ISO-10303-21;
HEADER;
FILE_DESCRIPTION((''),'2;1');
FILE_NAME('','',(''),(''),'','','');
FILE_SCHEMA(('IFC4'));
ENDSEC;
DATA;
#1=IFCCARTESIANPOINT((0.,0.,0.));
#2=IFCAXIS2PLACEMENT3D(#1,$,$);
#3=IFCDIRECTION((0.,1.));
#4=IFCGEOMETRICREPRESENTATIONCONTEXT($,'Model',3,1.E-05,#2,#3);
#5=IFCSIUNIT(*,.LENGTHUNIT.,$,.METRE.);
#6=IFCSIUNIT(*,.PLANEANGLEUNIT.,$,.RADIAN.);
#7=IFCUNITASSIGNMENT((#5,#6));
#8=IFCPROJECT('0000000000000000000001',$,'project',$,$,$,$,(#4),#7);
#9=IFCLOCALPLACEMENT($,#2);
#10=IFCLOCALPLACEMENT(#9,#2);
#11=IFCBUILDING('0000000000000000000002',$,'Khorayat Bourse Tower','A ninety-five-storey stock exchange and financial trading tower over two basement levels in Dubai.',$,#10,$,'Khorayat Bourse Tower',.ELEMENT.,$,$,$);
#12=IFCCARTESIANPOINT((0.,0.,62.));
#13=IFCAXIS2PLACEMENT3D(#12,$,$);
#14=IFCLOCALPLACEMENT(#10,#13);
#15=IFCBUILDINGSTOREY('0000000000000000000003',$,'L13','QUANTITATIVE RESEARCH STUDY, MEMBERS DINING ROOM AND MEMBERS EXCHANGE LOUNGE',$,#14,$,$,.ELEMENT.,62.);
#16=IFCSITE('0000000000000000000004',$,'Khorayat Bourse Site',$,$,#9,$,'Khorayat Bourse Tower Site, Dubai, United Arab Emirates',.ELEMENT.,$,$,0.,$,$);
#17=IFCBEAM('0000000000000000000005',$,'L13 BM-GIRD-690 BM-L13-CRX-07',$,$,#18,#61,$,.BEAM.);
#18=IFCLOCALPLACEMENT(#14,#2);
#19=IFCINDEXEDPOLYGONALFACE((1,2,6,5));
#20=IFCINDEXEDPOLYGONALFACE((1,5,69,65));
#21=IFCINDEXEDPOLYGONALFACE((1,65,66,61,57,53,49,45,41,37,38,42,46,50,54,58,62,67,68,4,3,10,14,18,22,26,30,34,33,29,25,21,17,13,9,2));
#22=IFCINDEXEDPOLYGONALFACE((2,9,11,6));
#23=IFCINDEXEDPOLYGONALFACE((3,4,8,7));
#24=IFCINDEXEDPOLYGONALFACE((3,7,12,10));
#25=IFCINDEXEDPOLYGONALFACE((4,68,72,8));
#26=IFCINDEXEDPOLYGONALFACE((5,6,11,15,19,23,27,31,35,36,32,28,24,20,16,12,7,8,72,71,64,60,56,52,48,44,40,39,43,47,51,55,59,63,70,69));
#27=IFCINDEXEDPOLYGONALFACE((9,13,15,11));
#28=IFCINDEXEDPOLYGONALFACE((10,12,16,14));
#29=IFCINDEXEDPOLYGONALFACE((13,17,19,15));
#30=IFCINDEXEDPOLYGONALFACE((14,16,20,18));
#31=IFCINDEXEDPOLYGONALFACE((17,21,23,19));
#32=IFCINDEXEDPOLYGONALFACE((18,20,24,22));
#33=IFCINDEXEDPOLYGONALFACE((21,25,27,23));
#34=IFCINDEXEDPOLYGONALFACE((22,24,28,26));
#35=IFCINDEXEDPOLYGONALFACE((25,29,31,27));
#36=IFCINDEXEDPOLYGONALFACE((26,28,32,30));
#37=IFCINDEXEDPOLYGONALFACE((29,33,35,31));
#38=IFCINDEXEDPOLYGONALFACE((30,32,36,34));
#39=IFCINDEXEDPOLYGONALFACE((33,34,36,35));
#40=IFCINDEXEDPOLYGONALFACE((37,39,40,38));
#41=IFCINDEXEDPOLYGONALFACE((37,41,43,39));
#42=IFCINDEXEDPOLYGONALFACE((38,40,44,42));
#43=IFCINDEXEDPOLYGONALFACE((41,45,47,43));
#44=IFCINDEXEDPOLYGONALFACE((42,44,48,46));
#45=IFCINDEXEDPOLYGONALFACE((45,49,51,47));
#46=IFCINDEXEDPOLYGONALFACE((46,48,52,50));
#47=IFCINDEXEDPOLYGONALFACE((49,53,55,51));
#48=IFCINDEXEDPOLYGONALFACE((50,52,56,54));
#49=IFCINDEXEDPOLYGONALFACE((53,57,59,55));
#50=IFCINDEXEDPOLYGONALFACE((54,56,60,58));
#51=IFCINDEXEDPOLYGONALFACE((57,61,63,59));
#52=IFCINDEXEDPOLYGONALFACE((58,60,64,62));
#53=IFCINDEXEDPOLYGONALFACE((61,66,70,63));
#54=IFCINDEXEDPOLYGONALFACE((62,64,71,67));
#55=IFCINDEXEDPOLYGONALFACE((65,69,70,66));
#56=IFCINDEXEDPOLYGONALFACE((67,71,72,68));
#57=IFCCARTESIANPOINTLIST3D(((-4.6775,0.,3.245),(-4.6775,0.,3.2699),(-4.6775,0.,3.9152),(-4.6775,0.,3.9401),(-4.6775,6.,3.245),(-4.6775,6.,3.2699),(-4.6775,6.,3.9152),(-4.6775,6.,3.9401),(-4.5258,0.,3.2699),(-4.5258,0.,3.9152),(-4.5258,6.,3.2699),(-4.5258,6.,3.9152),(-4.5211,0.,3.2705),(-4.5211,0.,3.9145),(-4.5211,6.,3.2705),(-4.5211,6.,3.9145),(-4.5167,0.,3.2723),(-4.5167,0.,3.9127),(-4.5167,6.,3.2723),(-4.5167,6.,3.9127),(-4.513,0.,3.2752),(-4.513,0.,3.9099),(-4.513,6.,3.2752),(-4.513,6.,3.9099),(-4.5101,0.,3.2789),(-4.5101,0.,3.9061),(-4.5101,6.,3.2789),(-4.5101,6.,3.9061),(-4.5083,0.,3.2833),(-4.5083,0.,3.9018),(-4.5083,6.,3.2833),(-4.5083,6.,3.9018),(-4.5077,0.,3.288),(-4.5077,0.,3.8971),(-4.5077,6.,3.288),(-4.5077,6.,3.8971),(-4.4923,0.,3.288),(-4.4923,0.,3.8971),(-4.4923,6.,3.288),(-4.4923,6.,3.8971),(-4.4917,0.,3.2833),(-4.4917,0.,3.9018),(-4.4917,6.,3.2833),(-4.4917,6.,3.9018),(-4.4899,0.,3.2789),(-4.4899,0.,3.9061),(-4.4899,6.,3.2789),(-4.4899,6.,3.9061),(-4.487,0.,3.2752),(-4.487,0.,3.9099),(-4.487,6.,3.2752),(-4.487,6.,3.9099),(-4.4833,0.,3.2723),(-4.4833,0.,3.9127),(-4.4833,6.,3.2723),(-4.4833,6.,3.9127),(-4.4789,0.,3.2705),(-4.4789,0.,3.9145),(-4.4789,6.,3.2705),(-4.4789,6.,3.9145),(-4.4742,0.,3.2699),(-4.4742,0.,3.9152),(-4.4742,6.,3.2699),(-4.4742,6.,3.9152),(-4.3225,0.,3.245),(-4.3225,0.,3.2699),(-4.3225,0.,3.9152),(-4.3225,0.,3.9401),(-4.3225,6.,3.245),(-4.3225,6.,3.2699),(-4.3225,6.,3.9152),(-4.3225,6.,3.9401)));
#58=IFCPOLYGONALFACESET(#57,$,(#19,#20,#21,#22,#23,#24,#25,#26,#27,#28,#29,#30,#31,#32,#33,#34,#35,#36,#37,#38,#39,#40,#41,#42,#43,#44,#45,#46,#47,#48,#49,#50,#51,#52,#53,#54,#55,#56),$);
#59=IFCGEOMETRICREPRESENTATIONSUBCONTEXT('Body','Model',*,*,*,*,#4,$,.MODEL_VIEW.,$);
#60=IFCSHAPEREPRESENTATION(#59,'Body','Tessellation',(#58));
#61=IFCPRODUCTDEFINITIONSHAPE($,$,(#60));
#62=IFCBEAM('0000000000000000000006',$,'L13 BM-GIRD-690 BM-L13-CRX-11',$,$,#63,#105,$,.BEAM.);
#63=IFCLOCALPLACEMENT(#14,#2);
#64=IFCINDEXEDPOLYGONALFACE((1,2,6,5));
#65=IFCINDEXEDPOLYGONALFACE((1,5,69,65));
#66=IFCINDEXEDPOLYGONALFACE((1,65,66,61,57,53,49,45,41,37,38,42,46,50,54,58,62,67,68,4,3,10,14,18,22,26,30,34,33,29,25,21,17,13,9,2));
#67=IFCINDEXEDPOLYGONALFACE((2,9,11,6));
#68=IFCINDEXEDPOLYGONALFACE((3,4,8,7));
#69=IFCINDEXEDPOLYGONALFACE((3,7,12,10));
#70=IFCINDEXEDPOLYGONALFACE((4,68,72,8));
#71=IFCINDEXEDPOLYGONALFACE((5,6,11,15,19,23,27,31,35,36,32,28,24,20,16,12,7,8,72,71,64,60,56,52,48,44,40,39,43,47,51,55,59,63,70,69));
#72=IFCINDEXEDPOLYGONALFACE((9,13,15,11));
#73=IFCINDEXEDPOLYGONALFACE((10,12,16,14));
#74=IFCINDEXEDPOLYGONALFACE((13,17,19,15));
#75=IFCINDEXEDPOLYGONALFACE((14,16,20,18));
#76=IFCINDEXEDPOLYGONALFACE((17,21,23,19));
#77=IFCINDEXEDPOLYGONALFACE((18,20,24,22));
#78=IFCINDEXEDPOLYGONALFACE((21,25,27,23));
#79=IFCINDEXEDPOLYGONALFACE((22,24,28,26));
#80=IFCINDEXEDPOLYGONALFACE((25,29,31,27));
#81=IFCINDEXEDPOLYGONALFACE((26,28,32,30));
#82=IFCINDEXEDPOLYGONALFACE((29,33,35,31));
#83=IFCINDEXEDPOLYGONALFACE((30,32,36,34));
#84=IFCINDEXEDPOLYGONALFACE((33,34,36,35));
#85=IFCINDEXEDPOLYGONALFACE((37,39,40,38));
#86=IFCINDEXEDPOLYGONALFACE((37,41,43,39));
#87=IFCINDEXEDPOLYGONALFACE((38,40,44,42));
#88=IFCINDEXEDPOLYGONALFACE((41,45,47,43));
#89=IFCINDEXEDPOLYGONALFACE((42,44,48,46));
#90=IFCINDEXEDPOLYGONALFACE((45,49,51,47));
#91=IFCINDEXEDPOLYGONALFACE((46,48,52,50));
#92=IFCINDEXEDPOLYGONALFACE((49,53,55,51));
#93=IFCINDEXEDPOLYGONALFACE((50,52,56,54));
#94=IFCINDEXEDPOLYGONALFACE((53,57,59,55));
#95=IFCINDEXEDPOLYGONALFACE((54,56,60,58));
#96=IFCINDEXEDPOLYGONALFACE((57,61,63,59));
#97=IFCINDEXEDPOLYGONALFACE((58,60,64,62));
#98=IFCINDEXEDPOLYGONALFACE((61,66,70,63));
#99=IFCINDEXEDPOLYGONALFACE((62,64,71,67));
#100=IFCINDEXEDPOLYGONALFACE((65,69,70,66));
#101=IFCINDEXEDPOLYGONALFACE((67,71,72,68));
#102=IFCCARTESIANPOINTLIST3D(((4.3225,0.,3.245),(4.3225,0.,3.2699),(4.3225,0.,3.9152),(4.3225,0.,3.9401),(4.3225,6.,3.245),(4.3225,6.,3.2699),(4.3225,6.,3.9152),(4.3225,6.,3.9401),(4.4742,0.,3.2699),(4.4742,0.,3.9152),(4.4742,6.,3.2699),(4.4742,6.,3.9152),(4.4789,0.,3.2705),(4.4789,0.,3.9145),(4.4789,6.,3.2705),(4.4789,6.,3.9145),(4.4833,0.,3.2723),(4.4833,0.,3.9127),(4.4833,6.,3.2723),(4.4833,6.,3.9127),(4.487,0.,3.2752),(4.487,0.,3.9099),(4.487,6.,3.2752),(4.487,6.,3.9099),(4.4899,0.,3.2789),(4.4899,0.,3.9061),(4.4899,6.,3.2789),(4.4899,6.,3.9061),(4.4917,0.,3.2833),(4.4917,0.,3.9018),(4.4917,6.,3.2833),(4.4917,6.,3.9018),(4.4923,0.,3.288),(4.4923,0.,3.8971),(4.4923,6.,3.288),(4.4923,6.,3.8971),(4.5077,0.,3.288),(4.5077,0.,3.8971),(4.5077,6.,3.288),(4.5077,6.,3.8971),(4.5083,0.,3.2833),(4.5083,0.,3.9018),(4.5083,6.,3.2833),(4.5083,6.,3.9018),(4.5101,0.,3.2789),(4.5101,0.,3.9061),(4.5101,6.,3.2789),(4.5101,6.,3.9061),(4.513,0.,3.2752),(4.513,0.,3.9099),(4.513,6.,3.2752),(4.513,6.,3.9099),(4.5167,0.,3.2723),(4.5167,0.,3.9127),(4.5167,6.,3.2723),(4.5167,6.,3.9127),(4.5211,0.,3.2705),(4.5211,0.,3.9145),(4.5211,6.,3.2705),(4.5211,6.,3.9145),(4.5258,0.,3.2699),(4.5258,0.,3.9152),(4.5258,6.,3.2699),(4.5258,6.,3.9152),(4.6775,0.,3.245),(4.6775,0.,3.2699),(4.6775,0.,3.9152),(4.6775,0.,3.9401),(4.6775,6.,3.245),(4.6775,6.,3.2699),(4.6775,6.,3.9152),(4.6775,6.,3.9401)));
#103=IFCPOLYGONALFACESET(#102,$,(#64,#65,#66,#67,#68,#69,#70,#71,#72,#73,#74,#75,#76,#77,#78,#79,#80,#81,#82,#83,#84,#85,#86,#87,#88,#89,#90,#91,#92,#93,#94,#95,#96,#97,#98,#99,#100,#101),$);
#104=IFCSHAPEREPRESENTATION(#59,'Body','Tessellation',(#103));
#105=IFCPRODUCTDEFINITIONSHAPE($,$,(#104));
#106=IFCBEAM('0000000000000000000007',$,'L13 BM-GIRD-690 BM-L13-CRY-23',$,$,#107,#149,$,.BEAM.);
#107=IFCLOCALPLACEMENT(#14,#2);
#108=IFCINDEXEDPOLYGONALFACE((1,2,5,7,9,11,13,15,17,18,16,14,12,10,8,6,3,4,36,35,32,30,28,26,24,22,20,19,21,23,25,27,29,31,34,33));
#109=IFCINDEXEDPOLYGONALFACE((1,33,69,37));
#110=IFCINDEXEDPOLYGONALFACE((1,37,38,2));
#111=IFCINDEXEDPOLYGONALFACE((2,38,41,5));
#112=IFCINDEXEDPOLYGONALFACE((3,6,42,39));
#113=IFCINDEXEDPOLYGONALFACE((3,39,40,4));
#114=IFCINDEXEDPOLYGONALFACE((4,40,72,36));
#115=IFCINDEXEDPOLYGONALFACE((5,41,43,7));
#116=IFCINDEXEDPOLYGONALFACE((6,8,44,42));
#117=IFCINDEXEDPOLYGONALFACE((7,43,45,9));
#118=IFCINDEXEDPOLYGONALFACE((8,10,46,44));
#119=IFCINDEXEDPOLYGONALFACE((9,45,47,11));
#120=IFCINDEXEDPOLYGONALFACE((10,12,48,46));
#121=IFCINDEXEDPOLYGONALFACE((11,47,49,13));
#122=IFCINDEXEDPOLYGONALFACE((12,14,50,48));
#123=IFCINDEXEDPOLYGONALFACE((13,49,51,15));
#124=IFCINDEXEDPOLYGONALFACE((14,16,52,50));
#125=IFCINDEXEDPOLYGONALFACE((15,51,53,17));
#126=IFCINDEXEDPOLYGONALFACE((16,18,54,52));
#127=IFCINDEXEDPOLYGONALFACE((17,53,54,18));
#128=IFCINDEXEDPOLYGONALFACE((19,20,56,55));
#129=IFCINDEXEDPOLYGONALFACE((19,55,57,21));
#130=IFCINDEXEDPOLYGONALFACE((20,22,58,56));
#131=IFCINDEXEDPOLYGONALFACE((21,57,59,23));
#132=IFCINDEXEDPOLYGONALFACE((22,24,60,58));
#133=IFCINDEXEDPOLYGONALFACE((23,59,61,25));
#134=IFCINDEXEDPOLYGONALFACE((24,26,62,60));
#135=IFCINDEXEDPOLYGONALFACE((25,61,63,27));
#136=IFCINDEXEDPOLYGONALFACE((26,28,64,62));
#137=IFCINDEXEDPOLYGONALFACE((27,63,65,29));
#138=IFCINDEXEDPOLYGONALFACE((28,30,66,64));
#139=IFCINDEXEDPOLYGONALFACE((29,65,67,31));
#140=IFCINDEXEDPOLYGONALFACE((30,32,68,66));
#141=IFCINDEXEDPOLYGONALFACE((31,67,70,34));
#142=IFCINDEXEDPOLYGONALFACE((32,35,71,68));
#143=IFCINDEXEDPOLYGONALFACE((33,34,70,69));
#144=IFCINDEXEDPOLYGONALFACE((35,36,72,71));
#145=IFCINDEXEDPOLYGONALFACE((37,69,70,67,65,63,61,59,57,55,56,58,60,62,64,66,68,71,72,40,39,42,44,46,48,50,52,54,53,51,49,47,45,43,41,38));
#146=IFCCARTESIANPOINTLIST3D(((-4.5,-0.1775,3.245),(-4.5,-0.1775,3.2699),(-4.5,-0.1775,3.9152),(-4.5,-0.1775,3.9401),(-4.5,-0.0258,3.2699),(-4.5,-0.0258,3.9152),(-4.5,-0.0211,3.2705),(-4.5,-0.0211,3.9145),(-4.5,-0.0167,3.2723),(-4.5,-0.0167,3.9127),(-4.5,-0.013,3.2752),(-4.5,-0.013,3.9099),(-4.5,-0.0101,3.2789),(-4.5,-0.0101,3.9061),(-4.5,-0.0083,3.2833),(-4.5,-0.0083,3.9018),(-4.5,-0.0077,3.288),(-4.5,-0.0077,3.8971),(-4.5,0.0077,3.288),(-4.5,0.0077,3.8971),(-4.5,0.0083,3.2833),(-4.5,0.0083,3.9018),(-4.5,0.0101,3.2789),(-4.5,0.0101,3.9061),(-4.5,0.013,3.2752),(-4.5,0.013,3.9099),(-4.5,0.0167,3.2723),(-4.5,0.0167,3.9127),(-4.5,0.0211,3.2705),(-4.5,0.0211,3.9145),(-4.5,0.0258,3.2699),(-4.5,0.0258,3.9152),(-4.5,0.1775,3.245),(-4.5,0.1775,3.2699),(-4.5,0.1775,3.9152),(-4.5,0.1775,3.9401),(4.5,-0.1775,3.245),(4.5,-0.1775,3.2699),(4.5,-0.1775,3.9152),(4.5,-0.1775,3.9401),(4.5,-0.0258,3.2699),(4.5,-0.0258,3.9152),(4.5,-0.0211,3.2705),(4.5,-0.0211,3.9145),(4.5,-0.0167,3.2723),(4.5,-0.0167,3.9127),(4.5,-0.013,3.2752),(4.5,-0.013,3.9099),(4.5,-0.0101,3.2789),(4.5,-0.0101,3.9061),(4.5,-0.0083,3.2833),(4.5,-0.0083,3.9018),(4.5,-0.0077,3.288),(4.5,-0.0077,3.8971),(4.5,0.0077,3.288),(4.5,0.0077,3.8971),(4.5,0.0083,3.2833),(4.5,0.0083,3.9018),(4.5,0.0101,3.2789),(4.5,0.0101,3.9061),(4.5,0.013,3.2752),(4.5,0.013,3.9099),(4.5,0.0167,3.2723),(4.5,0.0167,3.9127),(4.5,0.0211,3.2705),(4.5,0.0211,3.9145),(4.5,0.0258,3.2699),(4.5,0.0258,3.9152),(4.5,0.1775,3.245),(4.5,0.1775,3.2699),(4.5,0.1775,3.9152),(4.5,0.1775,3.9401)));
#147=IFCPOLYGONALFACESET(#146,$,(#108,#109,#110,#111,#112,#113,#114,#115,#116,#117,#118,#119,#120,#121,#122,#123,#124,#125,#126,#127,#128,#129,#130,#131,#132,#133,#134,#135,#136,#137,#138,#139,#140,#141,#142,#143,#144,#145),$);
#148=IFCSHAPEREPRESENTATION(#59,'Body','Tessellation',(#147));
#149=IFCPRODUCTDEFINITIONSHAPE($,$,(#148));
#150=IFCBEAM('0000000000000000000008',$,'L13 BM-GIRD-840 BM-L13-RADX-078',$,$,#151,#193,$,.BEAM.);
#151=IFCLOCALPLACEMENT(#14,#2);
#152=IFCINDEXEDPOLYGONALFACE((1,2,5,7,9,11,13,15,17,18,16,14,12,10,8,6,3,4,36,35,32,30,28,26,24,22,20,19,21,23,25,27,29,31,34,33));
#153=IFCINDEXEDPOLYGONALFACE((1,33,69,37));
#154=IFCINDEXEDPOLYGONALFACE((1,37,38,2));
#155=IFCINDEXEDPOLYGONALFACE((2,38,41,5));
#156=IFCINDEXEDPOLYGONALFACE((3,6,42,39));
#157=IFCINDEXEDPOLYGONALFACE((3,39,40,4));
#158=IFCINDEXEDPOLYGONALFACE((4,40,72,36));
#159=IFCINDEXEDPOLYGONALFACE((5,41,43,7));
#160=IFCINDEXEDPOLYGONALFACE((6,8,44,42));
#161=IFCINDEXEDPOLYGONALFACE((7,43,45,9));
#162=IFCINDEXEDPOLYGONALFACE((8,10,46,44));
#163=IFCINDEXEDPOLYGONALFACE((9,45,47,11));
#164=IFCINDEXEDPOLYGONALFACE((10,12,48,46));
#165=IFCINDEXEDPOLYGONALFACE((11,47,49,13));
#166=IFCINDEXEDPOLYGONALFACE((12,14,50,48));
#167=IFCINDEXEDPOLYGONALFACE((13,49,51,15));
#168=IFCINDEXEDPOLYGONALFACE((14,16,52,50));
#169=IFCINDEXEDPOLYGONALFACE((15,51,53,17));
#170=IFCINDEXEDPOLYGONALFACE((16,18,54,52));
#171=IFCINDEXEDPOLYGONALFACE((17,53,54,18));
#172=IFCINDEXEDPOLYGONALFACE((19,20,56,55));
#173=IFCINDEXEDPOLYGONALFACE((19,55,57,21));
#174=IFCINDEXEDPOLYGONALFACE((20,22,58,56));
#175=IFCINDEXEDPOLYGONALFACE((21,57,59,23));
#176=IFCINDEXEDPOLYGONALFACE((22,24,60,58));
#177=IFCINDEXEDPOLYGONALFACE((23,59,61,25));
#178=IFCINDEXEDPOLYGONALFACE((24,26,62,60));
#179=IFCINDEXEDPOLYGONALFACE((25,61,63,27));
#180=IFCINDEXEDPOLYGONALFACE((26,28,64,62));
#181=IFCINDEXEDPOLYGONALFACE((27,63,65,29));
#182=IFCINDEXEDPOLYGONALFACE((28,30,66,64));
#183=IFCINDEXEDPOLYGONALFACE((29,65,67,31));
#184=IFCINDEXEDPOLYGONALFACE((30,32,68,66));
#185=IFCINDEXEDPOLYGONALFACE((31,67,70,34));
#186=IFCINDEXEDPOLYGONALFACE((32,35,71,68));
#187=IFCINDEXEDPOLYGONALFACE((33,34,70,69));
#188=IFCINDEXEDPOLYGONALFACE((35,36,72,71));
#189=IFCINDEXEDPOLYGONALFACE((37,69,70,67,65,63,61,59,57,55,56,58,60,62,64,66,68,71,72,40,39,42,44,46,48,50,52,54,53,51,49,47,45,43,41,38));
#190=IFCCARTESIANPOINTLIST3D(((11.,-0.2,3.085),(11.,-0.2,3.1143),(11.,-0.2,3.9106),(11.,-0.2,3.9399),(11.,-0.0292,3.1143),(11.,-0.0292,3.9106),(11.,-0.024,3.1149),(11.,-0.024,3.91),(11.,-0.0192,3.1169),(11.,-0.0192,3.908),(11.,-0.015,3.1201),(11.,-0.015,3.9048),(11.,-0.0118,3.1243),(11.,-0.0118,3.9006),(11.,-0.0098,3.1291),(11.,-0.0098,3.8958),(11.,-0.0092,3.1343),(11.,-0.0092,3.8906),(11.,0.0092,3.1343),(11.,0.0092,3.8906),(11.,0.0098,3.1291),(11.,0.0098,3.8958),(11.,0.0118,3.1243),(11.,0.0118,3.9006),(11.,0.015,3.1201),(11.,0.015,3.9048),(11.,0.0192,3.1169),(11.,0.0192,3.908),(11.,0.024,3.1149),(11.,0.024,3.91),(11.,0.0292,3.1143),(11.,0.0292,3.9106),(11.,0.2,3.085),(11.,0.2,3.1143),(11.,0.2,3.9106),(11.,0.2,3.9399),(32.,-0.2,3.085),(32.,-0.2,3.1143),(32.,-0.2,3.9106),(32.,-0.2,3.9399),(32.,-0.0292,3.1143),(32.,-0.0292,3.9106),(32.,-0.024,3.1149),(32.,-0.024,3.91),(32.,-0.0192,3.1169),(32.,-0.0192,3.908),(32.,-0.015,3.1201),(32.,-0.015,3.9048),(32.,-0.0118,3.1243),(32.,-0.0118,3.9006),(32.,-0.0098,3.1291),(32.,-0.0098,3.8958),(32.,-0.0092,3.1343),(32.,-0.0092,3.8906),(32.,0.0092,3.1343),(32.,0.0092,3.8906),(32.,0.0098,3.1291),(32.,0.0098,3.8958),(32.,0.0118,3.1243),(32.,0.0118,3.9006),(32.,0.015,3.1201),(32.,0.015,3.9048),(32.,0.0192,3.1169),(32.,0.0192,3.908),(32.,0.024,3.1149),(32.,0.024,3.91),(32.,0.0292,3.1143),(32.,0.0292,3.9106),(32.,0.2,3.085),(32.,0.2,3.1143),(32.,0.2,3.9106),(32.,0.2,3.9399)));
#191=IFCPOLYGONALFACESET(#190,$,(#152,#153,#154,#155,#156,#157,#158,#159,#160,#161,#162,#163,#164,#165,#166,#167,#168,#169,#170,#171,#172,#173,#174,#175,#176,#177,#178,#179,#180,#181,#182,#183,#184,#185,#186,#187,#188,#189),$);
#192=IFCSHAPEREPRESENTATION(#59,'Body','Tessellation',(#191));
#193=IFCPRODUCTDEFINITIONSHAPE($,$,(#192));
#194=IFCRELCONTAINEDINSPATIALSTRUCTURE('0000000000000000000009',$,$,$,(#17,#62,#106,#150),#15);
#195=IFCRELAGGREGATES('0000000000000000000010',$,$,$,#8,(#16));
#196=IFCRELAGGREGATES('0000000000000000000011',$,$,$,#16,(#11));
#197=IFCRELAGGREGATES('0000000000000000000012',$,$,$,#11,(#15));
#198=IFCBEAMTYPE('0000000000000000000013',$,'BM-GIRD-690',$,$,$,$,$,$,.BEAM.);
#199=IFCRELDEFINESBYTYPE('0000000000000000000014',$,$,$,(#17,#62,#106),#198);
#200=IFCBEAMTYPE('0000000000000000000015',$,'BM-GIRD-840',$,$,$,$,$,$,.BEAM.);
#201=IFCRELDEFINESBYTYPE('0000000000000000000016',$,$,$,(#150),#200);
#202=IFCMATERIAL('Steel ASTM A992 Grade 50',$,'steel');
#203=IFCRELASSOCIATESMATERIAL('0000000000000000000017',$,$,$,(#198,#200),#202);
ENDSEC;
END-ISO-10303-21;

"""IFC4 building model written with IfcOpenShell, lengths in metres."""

from ifc_helpers import new_model, si_unit, direction, frame, origin, origin_2d, place, context, subcontext, project, spatial, i_section, extrude, source, transform, mapped, material, material_profile, profile_set, type_object, element, save


model = new_model("IFC4")

# Units and contexts
model_context = context("Model", 3, precision=1e-05, world=origin(), true_north=direction((0.0, 1.0)))
body_context = subcontext(model_context, "Body", "Model", "MODEL_VIEW")
ifc_project = project(units=[si_unit("LENGTHUNIT", "METRE"), si_unit("PLANEANGLEUNIT", "RADIAN")], contexts=[model_context])

# Site, building, storey
site_placement = place(None, origin())
site = spatial("IfcSite", under=ifc_project, at=site_placement, Name="Khorayat Bourse Site", LongName="Khorayat Bourse Tower Site, Dubai, United Arab Emirates", CompositionType="ELEMENT", RefElevation=0.0)
building_placement = place(site_placement, origin())
building = spatial("IfcBuilding", under=site, at=building_placement, Name="Khorayat Bourse Tower", Description="A ninety-five-storey stock exchange and financial trading tower over two basement levels in Dubai.", LongName="Khorayat Bourse Tower", CompositionType="ELEMENT")
storey_placement = place(building_placement, frame((0.0, 0.0, 62.0)))
storey = spatial("IfcBuildingStorey", under=building, at=storey_placement, Name="L13", Description="QUANTITATIVE RESEARCH STUDY, MEMBERS DINING ROOM AND MEMBERS EXCHANGE LOUNGE", CompositionType="ELEMENT", Elevation=62.0)

# Beams
ifc_material_1 = material(Name="Steel ASTM A992 Grade 50", Category="steel")
ifc_material_profile_1 = material_profile(ifc_material_1, i_section(OverallWidth=0.355, OverallDepth=0.6951, WebThickness=0.0154, FlangeThickness=0.0249, FilletRadius=0.0181, at=origin_2d()), Name="W690X217")
ifc_profile_set_1 = profile_set([ifc_material_profile_1], Name="Steel ASTM A992 Grade 50")
beam_type_1 = type_object("IfcBeamType", Name="BM-GIRD-690", PredefinedType="BEAM", material=ifc_profile_set_1)
shared_shape_1 = source(origin(), body_context, "Body", "SweptSolid", [
    extrude(i_section(OverallWidth=0.355, OverallDepth=0.6951, WebThickness=0.0154, FlangeThickness=0.0249, FilletRadius=0.0181, at=origin_2d()), origin(), (0.0, 0.0, 1.0), 6.0),
])
for number, where, z_axis, x_axis, name in (
    (1, (-4.5, 0.0, 3.5925), (0.0, 1.0, 0.0), (-1.0, 0.0, 0.0), "L13 BM-GIRD-690 BM-L13-CRX-07"),
    (2, (4.5, 0.0, 3.5925), (0.0, 1.0, 0.0), (-1.0, 0.0, 0.0), "L13 BM-GIRD-690 BM-L13-CRX-11"),
):
    element("IfcBeam", number, at=place(storey_placement, frame(where, z_axis=z_axis, x_axis=x_axis)), inside=storey, type_object=beam_type_1, Name=name, PredefinedType="BEAM", context=body_context, shape_type="MappedRepresentation", body=[
        mapped(shared_shape_1, transform((0.0, 0.0, 0.0), scale=1.0)),
    ])
shared_shape_2 = source(origin(), body_context, "Body", "SweptSolid", [
    extrude(i_section(OverallWidth=0.355, OverallDepth=0.6951, WebThickness=0.0154, FlangeThickness=0.0249, FilletRadius=0.0181, at=origin_2d()), origin(), (0.0, 0.0, 1.0), 9.0),
])
beam_1_placement = place(storey_placement, frame((-4.5, 0.0, 3.5925), z_axis=(1.0, 0.0, 0.0), x_axis=(0.0, 1.0, 0.0)))
element("IfcBeam", 3, at=beam_1_placement, inside=storey, type_object=beam_type_1, Name="L13 BM-GIRD-690 BM-L13-CRY-23", PredefinedType="BEAM", context=body_context, shape_type="MappedRepresentation", body=[
    mapped(shared_shape_2, transform((0.0, 0.0, 0.0), scale=1.0)),
])
ifc_material_profile_2 = material_profile(ifc_material_1, i_section(OverallWidth=0.3999, OverallDepth=0.855, WebThickness=0.0183, FlangeThickness=0.0293, FilletRadius=0.02, at=origin_2d()), Name="W840X299")
ifc_profile_set_2 = profile_set([ifc_material_profile_2], Name="Steel ASTM A992 Grade 50")
beam_type_2 = type_object("IfcBeamType", Name="BM-GIRD-840", PredefinedType="BEAM", material=ifc_profile_set_2)
shared_shape_3 = source(origin(), body_context, "Body", "SweptSolid", [
    extrude(i_section(OverallWidth=0.3999, OverallDepth=0.855, WebThickness=0.0183, FlangeThickness=0.0293, FilletRadius=0.02, at=origin_2d()), origin(), (0.0, 0.0, 1.0), 21.0),
])
beam_2_placement = place(storey_placement, frame((11.0, 0.0, 3.5125), z_axis=(1.0, 0.0, 0.0), x_axis=(0.0, 1.0, 0.0)))
element("IfcBeam", 4, at=beam_2_placement, inside=storey, type_object=beam_type_2, Name="L13 BM-GIRD-840 BM-L13-RADX-078", PredefinedType="BEAM", context=body_context, shape_type="MappedRepresentation", body=[
    mapped(shared_shape_3, transform((0.0, 0.0, 0.0), scale=1.0)),
])

save(model, "model.ifc")
